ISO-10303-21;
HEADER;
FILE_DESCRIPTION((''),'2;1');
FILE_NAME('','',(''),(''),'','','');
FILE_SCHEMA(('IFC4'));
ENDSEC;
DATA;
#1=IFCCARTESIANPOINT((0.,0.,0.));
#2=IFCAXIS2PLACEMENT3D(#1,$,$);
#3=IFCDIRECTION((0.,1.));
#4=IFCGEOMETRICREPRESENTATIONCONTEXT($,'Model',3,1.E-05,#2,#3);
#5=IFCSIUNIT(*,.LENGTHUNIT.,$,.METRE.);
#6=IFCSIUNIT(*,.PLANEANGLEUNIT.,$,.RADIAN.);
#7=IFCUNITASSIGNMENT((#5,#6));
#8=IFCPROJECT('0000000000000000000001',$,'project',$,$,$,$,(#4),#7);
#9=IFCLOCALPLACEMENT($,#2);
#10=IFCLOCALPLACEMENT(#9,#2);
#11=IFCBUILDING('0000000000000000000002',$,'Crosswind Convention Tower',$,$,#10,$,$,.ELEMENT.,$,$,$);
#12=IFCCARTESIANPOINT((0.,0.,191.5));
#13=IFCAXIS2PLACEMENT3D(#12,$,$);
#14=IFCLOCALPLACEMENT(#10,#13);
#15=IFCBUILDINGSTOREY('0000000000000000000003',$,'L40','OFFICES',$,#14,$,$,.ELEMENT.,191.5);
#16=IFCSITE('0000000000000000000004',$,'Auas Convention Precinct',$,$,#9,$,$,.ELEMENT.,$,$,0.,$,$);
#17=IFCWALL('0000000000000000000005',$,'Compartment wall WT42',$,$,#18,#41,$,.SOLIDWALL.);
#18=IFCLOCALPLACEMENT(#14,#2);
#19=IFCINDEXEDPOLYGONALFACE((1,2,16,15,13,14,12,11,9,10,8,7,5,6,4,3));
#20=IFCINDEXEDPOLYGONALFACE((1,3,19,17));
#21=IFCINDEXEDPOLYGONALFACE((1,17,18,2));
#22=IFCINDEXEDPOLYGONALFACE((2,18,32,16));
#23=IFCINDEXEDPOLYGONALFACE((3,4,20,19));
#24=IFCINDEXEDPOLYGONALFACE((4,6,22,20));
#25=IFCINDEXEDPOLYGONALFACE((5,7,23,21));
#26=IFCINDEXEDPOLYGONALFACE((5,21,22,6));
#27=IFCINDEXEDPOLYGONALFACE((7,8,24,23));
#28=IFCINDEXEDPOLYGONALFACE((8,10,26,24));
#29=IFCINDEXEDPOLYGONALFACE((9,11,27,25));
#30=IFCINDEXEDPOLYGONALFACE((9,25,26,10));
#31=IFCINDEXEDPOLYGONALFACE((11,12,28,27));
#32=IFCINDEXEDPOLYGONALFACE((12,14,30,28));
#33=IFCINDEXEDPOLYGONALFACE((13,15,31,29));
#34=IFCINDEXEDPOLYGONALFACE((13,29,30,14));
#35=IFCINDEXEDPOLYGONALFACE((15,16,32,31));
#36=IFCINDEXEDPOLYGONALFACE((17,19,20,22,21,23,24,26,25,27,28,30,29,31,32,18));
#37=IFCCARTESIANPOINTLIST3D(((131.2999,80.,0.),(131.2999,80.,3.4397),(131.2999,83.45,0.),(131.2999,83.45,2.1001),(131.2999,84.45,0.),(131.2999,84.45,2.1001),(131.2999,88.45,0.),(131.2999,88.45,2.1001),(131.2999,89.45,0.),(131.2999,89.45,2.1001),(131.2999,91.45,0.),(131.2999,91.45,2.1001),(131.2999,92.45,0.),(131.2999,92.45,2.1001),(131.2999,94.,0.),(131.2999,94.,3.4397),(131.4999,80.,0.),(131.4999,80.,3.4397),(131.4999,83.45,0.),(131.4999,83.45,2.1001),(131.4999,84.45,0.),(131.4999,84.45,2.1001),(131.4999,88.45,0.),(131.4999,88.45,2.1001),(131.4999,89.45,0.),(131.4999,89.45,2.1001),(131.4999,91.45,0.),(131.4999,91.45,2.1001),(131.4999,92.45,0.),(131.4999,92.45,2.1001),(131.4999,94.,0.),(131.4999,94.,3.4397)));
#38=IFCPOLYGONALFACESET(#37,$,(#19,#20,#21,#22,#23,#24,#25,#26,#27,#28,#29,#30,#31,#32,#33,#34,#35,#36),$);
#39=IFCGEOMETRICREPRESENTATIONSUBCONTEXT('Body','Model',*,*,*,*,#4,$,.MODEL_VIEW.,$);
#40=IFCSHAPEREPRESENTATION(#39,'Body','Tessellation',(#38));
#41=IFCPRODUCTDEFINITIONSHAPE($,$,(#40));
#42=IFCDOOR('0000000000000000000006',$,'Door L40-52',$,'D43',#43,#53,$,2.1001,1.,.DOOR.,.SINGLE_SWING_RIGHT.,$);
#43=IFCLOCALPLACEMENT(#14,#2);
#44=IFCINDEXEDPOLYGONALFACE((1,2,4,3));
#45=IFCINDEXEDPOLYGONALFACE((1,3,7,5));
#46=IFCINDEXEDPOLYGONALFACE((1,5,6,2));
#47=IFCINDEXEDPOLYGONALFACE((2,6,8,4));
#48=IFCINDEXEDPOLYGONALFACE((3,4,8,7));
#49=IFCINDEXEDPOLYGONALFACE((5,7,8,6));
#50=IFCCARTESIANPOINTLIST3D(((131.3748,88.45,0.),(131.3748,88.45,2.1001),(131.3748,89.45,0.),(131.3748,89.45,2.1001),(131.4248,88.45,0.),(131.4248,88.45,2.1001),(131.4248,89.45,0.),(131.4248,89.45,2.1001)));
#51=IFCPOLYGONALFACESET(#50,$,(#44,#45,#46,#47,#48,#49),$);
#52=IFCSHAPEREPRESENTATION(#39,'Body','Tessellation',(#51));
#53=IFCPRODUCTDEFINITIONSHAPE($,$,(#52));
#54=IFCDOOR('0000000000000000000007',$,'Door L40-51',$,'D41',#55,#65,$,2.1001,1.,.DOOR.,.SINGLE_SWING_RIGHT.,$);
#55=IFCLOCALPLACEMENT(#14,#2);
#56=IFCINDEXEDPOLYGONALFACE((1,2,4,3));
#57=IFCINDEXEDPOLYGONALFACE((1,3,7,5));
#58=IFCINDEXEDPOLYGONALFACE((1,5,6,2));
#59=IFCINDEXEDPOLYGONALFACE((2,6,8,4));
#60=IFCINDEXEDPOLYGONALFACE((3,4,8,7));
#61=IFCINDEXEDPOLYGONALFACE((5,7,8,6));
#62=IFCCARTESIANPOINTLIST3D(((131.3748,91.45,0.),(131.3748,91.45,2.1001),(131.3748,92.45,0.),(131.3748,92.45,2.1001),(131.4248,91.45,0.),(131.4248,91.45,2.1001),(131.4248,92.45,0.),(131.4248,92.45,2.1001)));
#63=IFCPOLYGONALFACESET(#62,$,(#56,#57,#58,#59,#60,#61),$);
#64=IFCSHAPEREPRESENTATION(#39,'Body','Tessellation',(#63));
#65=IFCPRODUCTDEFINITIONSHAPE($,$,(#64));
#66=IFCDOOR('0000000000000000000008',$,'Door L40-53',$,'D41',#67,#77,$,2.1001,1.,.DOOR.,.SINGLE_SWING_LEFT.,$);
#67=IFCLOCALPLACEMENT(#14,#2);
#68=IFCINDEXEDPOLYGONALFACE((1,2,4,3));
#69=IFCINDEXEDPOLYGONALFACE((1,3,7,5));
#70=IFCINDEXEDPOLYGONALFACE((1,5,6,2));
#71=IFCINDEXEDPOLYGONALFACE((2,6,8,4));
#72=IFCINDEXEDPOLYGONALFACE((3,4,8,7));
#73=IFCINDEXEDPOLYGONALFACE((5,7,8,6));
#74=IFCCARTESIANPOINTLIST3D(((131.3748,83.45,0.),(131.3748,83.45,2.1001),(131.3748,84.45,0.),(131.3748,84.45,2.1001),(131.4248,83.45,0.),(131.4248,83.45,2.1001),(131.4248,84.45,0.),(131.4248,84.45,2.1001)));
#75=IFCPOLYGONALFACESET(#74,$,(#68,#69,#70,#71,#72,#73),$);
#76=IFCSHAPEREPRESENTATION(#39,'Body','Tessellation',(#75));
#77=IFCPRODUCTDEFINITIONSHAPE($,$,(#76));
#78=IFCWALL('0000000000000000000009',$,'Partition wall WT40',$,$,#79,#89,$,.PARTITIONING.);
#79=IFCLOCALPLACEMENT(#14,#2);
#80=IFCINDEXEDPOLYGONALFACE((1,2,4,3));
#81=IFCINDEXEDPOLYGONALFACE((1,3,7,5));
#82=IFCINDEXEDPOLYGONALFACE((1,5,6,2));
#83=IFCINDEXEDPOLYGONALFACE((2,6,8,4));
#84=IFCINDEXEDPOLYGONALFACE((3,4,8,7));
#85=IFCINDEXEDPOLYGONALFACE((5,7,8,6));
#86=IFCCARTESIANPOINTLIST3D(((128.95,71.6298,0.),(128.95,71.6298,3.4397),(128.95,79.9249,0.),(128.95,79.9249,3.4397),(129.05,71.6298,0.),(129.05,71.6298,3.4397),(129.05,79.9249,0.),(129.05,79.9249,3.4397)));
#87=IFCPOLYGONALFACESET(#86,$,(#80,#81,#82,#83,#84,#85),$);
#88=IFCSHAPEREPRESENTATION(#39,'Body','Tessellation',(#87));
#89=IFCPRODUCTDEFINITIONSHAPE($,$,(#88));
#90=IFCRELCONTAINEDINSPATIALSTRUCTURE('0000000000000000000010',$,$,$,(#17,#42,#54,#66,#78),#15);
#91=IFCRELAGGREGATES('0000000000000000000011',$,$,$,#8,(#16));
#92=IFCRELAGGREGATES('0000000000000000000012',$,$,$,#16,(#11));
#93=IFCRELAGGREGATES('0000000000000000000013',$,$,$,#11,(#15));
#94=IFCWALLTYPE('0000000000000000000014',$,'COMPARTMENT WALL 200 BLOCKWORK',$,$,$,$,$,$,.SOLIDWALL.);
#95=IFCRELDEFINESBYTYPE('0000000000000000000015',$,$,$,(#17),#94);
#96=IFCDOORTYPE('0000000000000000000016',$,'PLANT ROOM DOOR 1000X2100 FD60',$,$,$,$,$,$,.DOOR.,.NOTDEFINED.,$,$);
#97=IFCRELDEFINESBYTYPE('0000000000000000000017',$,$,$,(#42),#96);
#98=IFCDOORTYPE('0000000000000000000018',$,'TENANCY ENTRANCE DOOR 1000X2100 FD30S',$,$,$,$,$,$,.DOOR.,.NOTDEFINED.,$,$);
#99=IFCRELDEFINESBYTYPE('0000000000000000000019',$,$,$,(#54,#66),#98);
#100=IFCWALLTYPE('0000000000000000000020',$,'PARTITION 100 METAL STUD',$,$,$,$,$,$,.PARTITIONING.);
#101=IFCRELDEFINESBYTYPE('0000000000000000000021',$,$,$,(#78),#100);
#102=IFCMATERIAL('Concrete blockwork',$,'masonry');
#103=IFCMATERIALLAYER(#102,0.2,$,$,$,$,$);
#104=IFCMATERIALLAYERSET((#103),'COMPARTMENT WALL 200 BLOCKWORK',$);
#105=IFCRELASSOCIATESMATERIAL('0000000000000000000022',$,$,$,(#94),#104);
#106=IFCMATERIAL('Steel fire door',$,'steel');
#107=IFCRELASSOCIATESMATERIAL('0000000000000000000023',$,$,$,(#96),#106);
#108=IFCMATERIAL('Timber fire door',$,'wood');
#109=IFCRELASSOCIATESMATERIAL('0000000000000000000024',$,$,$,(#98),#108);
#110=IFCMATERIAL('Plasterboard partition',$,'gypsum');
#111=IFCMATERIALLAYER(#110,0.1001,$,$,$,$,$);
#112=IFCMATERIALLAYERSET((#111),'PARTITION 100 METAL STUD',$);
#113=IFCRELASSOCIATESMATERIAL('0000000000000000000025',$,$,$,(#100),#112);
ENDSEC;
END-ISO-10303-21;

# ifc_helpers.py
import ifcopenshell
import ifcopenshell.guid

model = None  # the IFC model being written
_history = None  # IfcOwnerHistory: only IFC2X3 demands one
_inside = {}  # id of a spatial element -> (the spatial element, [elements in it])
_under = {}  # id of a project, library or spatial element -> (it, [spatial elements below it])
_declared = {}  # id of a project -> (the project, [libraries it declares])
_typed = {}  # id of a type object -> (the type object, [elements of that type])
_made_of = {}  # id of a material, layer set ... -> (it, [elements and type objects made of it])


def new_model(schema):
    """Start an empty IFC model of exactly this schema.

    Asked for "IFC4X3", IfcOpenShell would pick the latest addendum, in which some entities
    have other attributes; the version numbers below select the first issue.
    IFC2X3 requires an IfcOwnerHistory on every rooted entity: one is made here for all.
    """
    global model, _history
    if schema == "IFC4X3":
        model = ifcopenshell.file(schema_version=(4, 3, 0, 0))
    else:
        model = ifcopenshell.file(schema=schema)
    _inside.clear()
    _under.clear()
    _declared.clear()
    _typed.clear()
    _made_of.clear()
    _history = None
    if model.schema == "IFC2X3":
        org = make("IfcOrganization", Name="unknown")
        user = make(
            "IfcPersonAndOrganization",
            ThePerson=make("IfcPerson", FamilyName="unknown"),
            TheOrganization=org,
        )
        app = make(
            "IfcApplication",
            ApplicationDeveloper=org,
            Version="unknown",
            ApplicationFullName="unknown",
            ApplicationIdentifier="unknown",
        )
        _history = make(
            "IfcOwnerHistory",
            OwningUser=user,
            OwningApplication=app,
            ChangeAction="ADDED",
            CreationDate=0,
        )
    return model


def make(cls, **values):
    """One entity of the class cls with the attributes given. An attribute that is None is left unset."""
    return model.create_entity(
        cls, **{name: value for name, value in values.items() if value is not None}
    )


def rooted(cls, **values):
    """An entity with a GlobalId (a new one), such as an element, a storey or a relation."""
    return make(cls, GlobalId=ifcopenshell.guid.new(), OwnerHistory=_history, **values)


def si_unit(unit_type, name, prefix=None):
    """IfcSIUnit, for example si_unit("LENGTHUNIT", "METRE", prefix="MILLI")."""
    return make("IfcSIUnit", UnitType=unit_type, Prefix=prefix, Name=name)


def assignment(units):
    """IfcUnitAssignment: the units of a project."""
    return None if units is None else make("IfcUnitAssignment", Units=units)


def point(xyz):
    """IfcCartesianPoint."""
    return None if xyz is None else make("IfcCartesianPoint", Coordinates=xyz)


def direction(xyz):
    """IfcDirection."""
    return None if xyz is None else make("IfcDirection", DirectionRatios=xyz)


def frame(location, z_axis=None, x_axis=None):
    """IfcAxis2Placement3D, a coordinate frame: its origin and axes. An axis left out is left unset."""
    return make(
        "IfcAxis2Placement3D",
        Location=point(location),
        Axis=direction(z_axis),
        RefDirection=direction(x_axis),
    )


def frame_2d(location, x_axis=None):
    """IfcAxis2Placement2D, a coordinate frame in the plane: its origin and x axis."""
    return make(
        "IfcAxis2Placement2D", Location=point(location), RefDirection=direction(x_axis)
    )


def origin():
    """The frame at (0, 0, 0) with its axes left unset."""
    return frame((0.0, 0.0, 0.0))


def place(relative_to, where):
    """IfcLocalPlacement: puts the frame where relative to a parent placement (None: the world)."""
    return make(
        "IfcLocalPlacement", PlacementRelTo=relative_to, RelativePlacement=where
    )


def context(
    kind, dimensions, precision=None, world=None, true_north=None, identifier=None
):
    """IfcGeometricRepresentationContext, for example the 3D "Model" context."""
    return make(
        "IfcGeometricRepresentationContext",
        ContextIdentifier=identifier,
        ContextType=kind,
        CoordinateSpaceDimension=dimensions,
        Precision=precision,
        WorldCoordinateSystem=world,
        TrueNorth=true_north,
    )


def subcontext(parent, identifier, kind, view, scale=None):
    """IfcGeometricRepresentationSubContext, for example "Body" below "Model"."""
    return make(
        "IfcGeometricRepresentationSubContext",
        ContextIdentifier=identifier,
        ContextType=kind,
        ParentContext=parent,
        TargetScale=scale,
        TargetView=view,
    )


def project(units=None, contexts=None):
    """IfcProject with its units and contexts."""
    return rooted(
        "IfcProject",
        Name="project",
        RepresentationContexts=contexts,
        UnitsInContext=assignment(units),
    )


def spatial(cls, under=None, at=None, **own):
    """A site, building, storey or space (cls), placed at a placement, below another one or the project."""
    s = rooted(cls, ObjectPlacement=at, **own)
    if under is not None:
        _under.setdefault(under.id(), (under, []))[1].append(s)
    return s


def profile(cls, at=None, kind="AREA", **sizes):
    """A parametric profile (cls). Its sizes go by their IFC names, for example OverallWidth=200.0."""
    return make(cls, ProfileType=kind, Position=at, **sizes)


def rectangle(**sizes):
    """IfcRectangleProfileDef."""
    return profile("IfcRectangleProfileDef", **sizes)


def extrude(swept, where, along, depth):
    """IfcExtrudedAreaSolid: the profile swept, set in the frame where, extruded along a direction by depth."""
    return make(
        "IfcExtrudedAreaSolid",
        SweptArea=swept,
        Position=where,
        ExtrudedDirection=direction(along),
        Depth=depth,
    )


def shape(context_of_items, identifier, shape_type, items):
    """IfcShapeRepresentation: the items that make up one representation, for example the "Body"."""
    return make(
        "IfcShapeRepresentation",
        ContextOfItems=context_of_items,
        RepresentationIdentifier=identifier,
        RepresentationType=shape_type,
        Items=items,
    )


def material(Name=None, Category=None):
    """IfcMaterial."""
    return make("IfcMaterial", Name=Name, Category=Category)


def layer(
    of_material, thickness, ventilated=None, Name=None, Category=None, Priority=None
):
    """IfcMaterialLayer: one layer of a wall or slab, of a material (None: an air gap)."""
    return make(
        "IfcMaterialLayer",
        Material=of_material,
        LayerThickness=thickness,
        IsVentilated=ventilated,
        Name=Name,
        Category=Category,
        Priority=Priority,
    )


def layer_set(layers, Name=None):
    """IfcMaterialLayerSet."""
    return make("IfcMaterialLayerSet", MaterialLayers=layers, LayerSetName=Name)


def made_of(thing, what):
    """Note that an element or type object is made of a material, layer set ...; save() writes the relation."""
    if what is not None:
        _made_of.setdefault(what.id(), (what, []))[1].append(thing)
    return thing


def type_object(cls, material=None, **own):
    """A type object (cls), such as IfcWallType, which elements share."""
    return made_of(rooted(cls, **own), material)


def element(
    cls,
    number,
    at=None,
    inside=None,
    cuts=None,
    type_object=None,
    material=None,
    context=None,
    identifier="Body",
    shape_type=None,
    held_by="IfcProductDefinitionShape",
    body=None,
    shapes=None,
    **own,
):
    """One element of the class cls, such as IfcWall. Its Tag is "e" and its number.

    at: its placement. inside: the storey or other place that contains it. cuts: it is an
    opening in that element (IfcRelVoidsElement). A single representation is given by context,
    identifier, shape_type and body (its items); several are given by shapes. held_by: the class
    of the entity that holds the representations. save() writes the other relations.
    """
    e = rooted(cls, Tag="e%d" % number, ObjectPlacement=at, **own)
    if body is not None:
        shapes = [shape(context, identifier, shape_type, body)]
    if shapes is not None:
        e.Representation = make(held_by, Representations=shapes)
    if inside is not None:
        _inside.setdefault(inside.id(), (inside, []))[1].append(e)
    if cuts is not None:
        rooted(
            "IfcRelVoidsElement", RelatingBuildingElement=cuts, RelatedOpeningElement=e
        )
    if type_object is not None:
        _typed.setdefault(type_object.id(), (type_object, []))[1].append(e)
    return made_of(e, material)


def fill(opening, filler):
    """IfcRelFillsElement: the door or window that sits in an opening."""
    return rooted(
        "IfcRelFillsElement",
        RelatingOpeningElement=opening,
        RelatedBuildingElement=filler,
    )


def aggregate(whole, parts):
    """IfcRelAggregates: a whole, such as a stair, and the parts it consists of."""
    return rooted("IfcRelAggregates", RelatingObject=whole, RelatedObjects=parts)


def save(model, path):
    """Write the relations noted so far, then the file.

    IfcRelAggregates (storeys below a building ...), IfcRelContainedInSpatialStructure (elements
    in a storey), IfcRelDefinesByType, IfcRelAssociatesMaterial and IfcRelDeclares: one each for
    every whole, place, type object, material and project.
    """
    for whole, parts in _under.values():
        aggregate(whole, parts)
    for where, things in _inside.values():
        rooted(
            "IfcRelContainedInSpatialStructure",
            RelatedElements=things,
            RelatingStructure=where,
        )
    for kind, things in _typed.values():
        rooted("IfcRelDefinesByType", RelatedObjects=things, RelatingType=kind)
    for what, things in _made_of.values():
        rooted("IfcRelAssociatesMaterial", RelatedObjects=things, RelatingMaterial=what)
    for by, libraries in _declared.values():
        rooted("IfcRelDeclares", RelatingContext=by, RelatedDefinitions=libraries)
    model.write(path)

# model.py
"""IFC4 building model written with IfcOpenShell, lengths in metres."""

from ifc_helpers import new_model, si_unit, direction, frame, frame_2d, origin, place, context, subcontext, project, spatial, rectangle, extrude, material, layer, layer_set, type_object, element, fill, save


model = new_model("IFC4")

# Units and contexts
model_context = context("Model", 3, precision=1e-05, world=origin(), true_north=direction((0.0, 1.0)))
body_context = subcontext(model_context, "Body", "Model", "MODEL_VIEW")
ifc_project = project(units=[si_unit("LENGTHUNIT", "METRE"), si_unit("PLANEANGLEUNIT", "RADIAN")], contexts=[model_context])

# Site, building, storey
site_placement = place(None, origin())
site = spatial("IfcSite", under=ifc_project, at=site_placement, Name="Auas Convention Precinct", CompositionType="ELEMENT", RefElevation=0.0)
building_placement = place(site_placement, origin())
building = spatial("IfcBuilding", under=site, at=building_placement, Name="Crosswind Convention Tower", CompositionType="ELEMENT")
storey_placement = place(building_placement, frame((0.0, 0.0, 191.5)))
storey = spatial("IfcBuildingStorey", under=building, at=storey_placement, Name="L40", Description="OFFICES", CompositionType="ELEMENT", Elevation=191.5)

# Wall, openings, doors
ifc_material_1 = material(Name="Concrete blockwork", Category="masonry")
ifc_layer_1 = layer(ifc_material_1, 0.2)
ifc_layer_set_1 = layer_set([ifc_layer_1], Name="COMPARTMENT WALL 200 BLOCKWORK")
wall_type_1 = type_object("IfcWallType", Name="COMPARTMENT WALL 200 BLOCKWORK", PredefinedType="SOLIDWALL", material=ifc_layer_set_1)
wall_1_placement = place(storey_placement, frame((131.3999, 80.0, 0.0), z_axis=(0.0, 0.0, 1.0), x_axis=(0.0, 1.0, 0.0)))
wall_1 = element("IfcWall", 1, at=wall_1_placement, inside=storey, type_object=wall_type_1, Name="Compartment wall WT42", PredefinedType="SOLIDWALL", context=body_context, shape_type="SweptSolid", body=[
    extrude(rectangle(XDim=14.0, YDim=0.2, at=frame_2d((7.0, 0.0))), origin(), (0.0, 0.0, 1.0), 3.4397),
])
opening_1_placement = place(wall_1_placement, frame((11.45, 0.0, 0.0)))
opening_1 = element("IfcOpeningElement", 2, at=opening_1_placement, cuts=wall_1, PredefinedType="OPENING", context=body_context, shape_type="SweptSolid", body=[
    extrude(rectangle(XDim=1.0, YDim=2.1001, at=frame_2d((0.5, 1.05))), frame((0.0, 0.1099, 0.0), z_axis=(0.0, -1.0, 0.0), x_axis=(1.0, 0.0, 0.0)), (0.0, 0.0, 1.0), 0.22),
])
opening_2_placement = place(wall_1_placement, frame((8.45, 0.0, 0.0)))
opening_2 = element("IfcOpeningElement", 3, at=opening_2_placement, cuts=wall_1, PredefinedType="OPENING", context=body_context, shape_type="SweptSolid", body=[
    extrude(rectangle(XDim=1.0, YDim=2.1001, at=frame_2d((0.5, 1.05))), frame((0.0, 0.1099, 0.0), z_axis=(0.0, -1.0, 0.0), x_axis=(1.0, 0.0, 0.0)), (0.0, 0.0, 1.0), 0.22),
])
opening_3_placement = place(wall_1_placement, frame((3.45, 0.0, 0.0)))
opening_3 = element("IfcOpeningElement", 4, at=opening_3_placement, cuts=wall_1, PredefinedType="OPENING", context=body_context, shape_type="SweptSolid", body=[
    extrude(rectangle(XDim=1.0, YDim=2.1001, at=frame_2d((0.5, 1.05))), frame((0.0, 0.1099, 0.0), z_axis=(0.0, -1.0, 0.0), x_axis=(1.0, 0.0, 0.0)), (0.0, 0.0, 1.0), 0.22),
])
ifc_material_2 = material(Name="Steel fire door", Category="steel")
door_type_1 = type_object("IfcDoorType", Name="PLANT ROOM DOOR 1000X2100 FD60", OperationType="NOTDEFINED", PredefinedType="DOOR", material=ifc_material_2)
door_1_placement = place(opening_2_placement, frame((1.0, 0.0, 0.0), z_axis=(0.0, 0.0, 1.0), x_axis=(-1.0, 0.0, 0.0)))
door_1 = element("IfcDoor", 5, at=door_1_placement, inside=storey, type_object=door_type_1, Name="Door L40-52", ObjectType="D43", OperationType="SINGLE_SWING_RIGHT", OverallHeight=2.1001, OverallWidth=1.0, PredefinedType="DOOR", context=body_context, shape_type="SweptSolid", body=[
    extrude(rectangle(XDim=1.0, YDim=2.1001, at=frame_2d((0.5, 1.05))), frame((0.0, 0.0249, 0.0), z_axis=(0.0, -1.0, 0.0), x_axis=(1.0, 0.0, 0.0)), (0.0, 0.0, 1.0), 0.05),
])
fill(opening_2, door_1)
ifc_material_3 = material(Name="Timber fire door", Category="wood")
door_type_2 = type_object("IfcDoorType", Name="TENANCY ENTRANCE DOOR 1000X2100 FD30S", OperationType="NOTDEFINED", PredefinedType="DOOR", material=ifc_material_3)
door_2_placement = place(opening_1_placement, frame((1.0, 0.0, 0.0), z_axis=(0.0, 0.0, 1.0), x_axis=(-1.0, 0.0, 0.0)))
door_2 = element("IfcDoor", 6, at=door_2_placement, inside=storey, type_object=door_type_2, Name="Door L40-51", ObjectType="D41", OperationType="SINGLE_SWING_RIGHT", OverallHeight=2.1001, OverallWidth=1.0, PredefinedType="DOOR", context=body_context, shape_type="SweptSolid", body=[
    extrude(rectangle(XDim=1.0, YDim=2.1001, at=frame_2d((0.5, 1.05))), frame((0.0, 0.0249, 0.0), z_axis=(0.0, -1.0, 0.0), x_axis=(1.0, 0.0, 0.0)), (0.0, 0.0, 1.0), 0.05),
])
fill(opening_1, door_2)
door_3_placement = place(opening_3_placement, frame((1.0, 0.0, 0.0), z_axis=(0.0, 0.0, 1.0), x_axis=(-1.0, 0.0, 0.0)))
door_3 = element("IfcDoor", 7, at=door_3_placement, inside=storey, type_object=door_type_2, Name="Door L40-53", ObjectType="D41", OperationType="SINGLE_SWING_LEFT", OverallHeight=2.1001, OverallWidth=1.0, PredefinedType="DOOR", context=body_context, shape_type="SweptSolid", body=[
    extrude(rectangle(XDim=1.0, YDim=2.1001, at=frame_2d((0.5, 1.05))), frame((0.0, 0.0249, 0.0), z_axis=(0.0, -1.0, 0.0), x_axis=(1.0, 0.0, 0.0)), (0.0, 0.0, 1.0), 0.05),
])
fill(opening_3, door_3)

# Wall
ifc_material_4 = material(Name="Plasterboard partition", Category="gypsum")
ifc_layer_2 = layer(ifc_material_4, 0.1001)
ifc_layer_set_2 = layer_set([ifc_layer_2], Name="PARTITION 100 METAL STUD")
wall_type_2 = type_object("IfcWallType", Name="PARTITION 100 METAL STUD", PredefinedType="PARTITIONING", material=ifc_layer_set_2)
wall_2_placement = place(storey_placement, frame((129.0, 71.6299, 0.0), z_axis=(0.0, 0.0, 1.0), x_axis=(0.0, 1.0, 0.0)))
element("IfcWall", 8, at=wall_2_placement, inside=storey, type_object=wall_type_2, Name="Partition wall WT40", PredefinedType="PARTITIONING", context=body_context, shape_type="SweptSolid", body=[
    extrude(rectangle(XDim=8.2952, YDim=0.1001, at=frame_2d((4.1475, 0.0))), origin(), (0.0, 0.0, 1.0), 3.4397),
])

save(model, "model.ifc")
